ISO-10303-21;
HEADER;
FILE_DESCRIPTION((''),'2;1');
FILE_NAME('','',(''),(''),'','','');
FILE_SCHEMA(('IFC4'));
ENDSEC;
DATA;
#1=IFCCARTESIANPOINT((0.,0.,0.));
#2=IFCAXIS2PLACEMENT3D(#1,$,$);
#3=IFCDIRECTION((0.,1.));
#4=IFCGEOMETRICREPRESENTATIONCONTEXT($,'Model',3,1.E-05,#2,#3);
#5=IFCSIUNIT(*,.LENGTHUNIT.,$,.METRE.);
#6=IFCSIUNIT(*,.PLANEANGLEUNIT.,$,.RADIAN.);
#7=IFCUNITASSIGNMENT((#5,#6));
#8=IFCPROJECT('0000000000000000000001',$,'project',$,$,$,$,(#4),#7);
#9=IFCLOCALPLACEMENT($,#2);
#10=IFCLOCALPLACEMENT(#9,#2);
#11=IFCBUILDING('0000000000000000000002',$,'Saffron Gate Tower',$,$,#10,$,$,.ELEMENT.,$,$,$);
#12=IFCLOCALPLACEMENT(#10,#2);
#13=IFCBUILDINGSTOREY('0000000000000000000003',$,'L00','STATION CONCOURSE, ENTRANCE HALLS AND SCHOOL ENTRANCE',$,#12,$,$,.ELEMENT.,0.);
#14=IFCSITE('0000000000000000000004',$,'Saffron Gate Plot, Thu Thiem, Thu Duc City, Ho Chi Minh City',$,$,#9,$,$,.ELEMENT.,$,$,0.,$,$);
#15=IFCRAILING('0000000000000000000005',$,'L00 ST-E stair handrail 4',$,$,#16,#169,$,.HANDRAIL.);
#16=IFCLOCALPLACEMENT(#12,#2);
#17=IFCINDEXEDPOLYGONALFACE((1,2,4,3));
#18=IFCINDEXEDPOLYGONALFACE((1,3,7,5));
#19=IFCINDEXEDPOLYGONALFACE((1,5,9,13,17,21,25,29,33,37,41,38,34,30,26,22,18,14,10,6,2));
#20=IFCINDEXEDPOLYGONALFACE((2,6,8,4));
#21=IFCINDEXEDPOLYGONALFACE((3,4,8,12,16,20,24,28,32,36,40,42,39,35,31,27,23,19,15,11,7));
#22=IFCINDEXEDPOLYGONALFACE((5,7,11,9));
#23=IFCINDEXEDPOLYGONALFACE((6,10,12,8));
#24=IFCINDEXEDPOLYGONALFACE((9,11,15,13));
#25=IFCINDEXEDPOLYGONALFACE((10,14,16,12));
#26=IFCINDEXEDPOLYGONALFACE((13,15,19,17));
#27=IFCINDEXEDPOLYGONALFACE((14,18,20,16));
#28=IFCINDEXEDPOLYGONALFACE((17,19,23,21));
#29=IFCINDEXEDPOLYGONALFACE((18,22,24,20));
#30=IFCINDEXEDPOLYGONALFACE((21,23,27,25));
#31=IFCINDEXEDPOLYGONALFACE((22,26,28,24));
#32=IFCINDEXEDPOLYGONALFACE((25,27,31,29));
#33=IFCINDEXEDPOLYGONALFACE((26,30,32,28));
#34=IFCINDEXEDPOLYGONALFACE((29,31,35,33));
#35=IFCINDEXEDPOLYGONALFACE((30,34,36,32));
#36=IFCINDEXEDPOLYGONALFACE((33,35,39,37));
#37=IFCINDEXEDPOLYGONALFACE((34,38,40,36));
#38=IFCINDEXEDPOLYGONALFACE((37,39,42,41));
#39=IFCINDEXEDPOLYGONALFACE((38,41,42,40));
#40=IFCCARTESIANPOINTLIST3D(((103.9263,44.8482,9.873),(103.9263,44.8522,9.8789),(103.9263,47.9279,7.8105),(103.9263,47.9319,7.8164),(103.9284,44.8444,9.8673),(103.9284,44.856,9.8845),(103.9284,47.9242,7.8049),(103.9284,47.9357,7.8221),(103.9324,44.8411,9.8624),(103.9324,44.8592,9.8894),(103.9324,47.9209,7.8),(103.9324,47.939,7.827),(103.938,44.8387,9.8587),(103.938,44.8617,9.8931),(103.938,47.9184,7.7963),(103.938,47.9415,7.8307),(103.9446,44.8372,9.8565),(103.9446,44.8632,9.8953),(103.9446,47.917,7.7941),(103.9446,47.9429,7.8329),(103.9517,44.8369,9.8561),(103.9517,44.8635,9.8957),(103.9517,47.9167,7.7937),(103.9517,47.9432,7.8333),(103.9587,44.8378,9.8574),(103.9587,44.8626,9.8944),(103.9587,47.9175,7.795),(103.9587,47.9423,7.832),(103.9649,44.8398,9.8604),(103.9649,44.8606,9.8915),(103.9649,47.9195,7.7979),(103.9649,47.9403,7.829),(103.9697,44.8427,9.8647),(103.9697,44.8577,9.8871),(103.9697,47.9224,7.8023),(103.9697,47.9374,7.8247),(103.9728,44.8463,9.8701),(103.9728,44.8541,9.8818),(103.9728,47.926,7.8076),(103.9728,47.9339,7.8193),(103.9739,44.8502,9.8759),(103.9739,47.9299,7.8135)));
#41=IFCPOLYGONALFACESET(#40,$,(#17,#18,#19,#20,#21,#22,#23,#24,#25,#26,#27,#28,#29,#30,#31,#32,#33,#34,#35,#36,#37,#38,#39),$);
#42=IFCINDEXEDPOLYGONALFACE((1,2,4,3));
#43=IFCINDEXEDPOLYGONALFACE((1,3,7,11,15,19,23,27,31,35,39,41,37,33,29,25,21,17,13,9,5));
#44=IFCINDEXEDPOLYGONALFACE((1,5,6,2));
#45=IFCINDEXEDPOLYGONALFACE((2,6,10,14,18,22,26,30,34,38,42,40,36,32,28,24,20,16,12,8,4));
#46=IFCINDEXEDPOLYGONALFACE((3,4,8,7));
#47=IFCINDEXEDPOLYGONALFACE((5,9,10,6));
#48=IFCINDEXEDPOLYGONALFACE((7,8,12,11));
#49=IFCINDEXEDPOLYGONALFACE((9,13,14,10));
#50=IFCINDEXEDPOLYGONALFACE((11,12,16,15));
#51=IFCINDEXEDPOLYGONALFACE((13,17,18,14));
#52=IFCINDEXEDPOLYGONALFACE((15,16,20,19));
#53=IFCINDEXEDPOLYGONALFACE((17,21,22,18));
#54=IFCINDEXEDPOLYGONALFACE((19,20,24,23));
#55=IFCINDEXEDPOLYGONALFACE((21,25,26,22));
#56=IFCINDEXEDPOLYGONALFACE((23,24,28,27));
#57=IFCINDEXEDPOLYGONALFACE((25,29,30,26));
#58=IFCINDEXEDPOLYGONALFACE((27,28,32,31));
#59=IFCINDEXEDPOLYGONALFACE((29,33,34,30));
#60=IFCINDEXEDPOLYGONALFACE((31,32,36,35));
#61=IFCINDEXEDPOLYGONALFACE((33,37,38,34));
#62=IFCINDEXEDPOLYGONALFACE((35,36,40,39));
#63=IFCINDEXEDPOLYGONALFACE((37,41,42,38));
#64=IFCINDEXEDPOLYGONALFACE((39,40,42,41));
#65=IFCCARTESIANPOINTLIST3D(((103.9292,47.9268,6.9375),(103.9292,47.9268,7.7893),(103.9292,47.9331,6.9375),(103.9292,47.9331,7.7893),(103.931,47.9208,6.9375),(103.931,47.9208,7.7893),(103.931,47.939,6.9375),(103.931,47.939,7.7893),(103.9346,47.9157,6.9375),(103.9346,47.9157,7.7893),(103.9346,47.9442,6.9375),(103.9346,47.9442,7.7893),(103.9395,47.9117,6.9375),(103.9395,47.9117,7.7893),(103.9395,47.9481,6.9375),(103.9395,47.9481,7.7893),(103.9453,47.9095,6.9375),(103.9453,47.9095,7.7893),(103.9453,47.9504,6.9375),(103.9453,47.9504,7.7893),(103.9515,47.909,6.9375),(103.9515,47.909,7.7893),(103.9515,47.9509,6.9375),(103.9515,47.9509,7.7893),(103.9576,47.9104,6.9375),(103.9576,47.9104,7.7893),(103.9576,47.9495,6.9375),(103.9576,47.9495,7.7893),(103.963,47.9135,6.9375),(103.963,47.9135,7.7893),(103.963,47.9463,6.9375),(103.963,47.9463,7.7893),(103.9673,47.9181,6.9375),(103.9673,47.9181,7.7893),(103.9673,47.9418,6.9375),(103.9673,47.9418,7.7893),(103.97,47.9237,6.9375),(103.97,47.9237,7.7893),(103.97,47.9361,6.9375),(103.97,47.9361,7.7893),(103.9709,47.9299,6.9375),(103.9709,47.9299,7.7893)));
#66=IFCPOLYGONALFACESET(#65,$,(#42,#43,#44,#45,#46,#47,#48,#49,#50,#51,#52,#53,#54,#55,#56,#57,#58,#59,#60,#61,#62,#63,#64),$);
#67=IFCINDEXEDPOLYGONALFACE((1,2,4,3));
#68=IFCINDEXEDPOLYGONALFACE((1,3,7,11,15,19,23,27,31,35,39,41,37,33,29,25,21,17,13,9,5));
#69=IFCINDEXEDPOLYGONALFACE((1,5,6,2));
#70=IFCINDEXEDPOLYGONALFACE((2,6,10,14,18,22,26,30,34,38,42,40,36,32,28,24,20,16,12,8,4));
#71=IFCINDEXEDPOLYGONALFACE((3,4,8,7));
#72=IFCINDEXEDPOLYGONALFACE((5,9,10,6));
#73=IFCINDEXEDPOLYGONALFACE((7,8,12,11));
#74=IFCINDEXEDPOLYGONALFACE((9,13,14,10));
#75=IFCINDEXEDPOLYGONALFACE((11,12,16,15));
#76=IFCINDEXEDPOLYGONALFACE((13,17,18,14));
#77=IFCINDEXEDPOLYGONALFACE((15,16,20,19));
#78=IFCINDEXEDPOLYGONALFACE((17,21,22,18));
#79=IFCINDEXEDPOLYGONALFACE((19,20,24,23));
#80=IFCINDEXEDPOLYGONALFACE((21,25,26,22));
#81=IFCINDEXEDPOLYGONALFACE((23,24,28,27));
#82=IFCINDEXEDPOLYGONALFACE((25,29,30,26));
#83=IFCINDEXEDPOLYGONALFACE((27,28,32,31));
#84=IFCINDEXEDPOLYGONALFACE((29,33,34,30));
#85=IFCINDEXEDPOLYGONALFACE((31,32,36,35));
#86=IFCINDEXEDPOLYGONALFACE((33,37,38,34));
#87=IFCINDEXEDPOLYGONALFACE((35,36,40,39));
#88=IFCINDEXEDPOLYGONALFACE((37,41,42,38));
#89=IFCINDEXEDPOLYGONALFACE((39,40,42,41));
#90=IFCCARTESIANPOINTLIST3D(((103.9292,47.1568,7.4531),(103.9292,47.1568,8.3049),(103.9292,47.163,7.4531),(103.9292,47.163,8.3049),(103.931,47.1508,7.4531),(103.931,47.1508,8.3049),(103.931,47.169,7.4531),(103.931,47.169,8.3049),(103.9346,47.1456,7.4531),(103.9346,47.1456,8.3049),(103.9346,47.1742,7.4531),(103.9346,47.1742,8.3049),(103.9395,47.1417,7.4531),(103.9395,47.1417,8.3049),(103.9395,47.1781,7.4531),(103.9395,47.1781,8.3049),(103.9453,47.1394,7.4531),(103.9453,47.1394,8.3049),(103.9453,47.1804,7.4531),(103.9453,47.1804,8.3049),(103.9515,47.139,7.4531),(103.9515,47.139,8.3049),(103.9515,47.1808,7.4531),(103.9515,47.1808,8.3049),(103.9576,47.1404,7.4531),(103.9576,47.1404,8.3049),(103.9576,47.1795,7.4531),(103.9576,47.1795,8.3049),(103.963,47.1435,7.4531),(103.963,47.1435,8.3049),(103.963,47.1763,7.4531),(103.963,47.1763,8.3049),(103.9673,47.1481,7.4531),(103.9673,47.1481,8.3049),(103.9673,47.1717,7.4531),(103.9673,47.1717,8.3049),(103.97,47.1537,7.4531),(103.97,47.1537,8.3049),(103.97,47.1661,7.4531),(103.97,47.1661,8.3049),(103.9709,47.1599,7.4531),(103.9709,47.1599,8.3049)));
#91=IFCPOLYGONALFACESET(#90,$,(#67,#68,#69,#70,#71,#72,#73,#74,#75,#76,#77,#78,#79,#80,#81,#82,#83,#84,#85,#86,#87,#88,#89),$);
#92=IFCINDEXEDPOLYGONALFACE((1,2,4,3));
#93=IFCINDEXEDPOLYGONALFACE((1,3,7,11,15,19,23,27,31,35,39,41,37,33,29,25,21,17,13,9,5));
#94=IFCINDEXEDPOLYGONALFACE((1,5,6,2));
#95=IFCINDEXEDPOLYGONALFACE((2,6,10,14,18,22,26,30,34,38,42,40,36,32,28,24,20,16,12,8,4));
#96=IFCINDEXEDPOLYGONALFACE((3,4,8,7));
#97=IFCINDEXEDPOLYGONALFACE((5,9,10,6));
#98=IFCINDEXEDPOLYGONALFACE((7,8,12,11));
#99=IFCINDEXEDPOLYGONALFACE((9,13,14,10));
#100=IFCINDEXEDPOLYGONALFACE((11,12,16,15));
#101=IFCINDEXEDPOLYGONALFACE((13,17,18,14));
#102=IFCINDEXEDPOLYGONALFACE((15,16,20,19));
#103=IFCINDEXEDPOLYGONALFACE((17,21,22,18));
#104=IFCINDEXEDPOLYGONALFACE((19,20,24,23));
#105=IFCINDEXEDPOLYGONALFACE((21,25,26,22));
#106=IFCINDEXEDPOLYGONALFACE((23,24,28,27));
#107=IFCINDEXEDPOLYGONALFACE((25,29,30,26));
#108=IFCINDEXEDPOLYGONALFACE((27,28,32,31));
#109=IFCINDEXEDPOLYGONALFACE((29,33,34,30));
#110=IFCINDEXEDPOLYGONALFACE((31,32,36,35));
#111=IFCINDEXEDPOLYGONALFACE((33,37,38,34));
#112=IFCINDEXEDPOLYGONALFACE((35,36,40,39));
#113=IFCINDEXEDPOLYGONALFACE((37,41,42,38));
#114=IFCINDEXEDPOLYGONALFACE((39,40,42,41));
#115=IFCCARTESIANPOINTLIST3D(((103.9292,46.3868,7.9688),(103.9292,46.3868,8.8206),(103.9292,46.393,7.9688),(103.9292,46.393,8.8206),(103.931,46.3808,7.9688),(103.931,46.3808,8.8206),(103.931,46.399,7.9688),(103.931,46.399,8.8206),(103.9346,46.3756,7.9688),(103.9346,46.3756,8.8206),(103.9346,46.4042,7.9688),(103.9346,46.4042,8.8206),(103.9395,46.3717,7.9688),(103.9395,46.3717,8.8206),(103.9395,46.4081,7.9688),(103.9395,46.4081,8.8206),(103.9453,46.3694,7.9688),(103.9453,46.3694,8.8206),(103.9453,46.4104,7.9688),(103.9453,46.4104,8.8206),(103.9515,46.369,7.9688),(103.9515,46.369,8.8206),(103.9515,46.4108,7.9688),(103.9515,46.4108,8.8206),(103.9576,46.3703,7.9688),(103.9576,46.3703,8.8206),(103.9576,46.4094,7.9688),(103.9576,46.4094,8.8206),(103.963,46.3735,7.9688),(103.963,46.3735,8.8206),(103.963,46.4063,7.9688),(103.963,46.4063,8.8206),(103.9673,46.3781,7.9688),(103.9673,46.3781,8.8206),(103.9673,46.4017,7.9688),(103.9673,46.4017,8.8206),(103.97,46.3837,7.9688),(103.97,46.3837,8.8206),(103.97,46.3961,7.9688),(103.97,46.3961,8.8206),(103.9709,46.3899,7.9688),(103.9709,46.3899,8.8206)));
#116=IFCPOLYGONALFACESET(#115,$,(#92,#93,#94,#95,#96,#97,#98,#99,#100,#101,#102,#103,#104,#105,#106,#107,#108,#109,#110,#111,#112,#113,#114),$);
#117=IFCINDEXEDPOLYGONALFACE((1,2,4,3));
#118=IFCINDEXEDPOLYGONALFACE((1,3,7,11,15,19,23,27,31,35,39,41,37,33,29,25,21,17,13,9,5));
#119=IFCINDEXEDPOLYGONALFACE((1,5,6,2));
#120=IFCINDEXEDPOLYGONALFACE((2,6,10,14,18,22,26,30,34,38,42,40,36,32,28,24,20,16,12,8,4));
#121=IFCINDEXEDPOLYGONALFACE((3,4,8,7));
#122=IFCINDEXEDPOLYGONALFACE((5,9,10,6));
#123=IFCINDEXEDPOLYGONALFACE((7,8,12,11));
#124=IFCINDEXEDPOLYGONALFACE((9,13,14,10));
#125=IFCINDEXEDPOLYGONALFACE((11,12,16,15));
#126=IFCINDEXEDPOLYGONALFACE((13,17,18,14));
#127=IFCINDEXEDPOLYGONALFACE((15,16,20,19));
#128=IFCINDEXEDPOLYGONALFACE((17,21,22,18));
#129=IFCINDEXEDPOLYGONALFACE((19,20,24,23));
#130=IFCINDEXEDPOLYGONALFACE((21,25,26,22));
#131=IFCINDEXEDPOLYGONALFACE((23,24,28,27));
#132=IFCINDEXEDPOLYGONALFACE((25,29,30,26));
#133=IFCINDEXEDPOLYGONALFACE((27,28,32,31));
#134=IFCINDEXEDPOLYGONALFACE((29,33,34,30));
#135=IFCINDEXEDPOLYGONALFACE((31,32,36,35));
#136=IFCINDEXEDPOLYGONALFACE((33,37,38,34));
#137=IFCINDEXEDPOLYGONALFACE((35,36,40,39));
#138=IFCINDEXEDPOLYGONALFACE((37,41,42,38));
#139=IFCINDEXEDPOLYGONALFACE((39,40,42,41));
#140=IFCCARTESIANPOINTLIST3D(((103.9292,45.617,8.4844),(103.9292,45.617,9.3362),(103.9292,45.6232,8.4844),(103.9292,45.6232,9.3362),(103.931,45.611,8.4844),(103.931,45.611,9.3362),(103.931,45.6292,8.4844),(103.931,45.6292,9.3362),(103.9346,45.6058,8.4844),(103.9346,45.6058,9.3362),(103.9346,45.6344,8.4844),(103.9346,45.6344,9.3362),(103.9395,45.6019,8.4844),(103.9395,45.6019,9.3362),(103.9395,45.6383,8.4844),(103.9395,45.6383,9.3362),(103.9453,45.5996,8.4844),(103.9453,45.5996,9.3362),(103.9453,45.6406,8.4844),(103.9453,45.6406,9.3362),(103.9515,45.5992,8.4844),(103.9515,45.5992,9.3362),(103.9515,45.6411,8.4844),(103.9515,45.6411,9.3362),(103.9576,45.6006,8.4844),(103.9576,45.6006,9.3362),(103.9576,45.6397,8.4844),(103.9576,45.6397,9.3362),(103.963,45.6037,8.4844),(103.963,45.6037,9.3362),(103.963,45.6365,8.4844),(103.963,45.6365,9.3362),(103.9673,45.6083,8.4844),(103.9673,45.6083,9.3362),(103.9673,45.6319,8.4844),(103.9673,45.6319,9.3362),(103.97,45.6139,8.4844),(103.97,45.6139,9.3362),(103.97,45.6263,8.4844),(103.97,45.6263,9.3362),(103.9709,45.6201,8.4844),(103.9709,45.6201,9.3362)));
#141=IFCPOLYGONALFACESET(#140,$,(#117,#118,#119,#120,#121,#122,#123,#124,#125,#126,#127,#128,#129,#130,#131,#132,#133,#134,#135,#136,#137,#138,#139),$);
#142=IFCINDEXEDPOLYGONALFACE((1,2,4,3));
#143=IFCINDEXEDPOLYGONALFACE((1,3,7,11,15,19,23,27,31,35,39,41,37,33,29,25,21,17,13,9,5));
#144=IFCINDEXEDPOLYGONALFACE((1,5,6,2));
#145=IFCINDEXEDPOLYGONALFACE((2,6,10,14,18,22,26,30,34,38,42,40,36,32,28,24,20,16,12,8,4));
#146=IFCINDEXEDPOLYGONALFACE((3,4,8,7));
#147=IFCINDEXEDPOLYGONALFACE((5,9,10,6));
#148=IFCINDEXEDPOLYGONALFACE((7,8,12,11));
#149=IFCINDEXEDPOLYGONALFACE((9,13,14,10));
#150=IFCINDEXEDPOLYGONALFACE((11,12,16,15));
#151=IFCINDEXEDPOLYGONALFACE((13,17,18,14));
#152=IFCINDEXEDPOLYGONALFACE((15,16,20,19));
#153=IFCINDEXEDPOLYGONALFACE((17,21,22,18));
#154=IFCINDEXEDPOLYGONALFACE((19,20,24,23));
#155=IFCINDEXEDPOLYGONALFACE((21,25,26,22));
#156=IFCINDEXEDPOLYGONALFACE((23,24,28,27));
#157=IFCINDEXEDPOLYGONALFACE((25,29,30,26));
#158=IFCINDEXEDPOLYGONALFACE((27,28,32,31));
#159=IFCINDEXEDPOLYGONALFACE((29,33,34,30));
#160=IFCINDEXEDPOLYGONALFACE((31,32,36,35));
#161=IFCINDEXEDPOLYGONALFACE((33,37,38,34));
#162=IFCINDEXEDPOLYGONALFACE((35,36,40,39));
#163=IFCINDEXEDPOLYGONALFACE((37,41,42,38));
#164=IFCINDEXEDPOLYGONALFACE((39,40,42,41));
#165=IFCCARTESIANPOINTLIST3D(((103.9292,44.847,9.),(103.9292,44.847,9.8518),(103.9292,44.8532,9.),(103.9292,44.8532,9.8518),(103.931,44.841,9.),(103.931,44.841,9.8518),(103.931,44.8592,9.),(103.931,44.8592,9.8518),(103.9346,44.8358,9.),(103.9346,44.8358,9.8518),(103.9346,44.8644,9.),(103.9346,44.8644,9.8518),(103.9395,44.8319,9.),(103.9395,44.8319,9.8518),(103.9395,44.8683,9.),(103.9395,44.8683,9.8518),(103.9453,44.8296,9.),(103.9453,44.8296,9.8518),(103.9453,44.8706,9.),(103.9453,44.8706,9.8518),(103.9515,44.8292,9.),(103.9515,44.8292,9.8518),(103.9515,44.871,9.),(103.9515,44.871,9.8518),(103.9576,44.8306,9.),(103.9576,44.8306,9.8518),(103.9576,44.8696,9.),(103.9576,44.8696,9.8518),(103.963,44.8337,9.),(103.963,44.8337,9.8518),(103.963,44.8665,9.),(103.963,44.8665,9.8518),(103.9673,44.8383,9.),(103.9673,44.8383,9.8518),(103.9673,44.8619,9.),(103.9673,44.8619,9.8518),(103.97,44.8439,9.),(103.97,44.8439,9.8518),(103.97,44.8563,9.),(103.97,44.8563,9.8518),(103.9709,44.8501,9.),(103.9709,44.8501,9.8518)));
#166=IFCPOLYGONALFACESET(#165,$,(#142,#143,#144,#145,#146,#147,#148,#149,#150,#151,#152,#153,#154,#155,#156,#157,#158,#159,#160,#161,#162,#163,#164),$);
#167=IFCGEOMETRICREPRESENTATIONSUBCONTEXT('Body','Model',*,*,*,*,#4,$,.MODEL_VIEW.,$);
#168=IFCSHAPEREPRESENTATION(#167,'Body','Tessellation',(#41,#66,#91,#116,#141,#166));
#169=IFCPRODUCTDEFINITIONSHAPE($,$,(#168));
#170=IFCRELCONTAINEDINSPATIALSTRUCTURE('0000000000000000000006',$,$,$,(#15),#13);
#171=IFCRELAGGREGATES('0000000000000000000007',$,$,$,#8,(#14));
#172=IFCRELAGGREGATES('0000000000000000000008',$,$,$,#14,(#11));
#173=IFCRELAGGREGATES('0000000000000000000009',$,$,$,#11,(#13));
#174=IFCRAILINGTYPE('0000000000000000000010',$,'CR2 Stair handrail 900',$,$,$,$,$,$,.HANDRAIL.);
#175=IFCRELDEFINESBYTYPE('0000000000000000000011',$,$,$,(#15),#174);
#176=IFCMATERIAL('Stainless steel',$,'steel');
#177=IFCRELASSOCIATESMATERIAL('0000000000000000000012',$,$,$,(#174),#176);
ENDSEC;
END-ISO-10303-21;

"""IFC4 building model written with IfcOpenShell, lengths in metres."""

from ifc_helpers import new_model, si_unit, direction, frame, origin, origin_2d, place, context, subcontext, project, spatial, circle, extrude, material, type_object, element, save


model = new_model("IFC4")

# Units and contexts
model_context = context("Model", 3, precision=1e-05, world=origin(), true_north=direction((0.0, 1.0)))
body_context = subcontext(model_context, "Body", "Model", "MODEL_VIEW")
ifc_project = project(units=[si_unit("LENGTHUNIT", "METRE"), si_unit("PLANEANGLEUNIT", "RADIAN")], contexts=[model_context])

# Site, building, storey
site_placement = place(None, origin())
site = spatial("IfcSite", under=ifc_project, at=site_placement, Name="Saffron Gate Plot, Thu Thiem, Thu Duc City, Ho Chi Minh City", CompositionType="ELEMENT", RefElevation=0.0)
building_placement = place(site_placement, origin())
building = spatial("IfcBuilding", under=site, at=building_placement, Name="Saffron Gate Tower", CompositionType="ELEMENT")
storey_placement = place(building_placement, origin())
storey = spatial("IfcBuildingStorey", under=building, at=storey_placement, Name="L00", Description="STATION CONCOURSE, ENTRANCE HALLS AND SCHOOL ENTRANCE", CompositionType="ELEMENT", Elevation=0.0)

# Railing
ifc_material_1 = material(Name="Stainless steel", Category="steel")
railing_type_1 = type_object("IfcRailingType", Name="CR2 Stair handrail 900", PredefinedType="HANDRAIL", material=ifc_material_1)
railing_1_placement = place(storey_placement, frame((103.95, 47.9299, 6.9375)))
element("IfcRailing", 1, at=railing_1_placement, inside=storey, type_object=railing_type_1, Name="L00 ST-E stair handrail 4", PredefinedType="HANDRAIL", context=body_context, shape_type="SweptSolid", body=[
    extrude(circle(Radius=0.0239, at=origin_2d()), frame((0.0, 0.0, 0.876), z_axis=(0.0, -0.830893, 0.556432), x_axis=(1.0, 0.0, 0.0)), (0.0, 0.0, 1.0), 3.7065),
    extrude(circle(Radius=0.021, at=origin_2d()), origin(), (0.0, 0.0, 1.0), 0.8518),
    extrude(circle(Radius=0.021, at=origin_2d()), frame((0.0, -0.77, 0.5156)), (0.0, 0.0, 1.0), 0.8518),
    extrude(circle(Radius=0.021, at=origin_2d()), frame((0.0, -1.54, 1.0312)), (0.0, 0.0, 1.0), 0.8518),
    extrude(circle(Radius=0.021, at=origin_2d()), frame((0.0, -2.3098, 1.5469)), (0.0, 0.0, 1.0), 0.8518),
    extrude(circle(Radius=0.021, at=origin_2d()), frame((0.0, -3.0798, 2.0625)), (0.0, 0.0, 1.0), 0.8518),
])

save(model, "model.ifc")
